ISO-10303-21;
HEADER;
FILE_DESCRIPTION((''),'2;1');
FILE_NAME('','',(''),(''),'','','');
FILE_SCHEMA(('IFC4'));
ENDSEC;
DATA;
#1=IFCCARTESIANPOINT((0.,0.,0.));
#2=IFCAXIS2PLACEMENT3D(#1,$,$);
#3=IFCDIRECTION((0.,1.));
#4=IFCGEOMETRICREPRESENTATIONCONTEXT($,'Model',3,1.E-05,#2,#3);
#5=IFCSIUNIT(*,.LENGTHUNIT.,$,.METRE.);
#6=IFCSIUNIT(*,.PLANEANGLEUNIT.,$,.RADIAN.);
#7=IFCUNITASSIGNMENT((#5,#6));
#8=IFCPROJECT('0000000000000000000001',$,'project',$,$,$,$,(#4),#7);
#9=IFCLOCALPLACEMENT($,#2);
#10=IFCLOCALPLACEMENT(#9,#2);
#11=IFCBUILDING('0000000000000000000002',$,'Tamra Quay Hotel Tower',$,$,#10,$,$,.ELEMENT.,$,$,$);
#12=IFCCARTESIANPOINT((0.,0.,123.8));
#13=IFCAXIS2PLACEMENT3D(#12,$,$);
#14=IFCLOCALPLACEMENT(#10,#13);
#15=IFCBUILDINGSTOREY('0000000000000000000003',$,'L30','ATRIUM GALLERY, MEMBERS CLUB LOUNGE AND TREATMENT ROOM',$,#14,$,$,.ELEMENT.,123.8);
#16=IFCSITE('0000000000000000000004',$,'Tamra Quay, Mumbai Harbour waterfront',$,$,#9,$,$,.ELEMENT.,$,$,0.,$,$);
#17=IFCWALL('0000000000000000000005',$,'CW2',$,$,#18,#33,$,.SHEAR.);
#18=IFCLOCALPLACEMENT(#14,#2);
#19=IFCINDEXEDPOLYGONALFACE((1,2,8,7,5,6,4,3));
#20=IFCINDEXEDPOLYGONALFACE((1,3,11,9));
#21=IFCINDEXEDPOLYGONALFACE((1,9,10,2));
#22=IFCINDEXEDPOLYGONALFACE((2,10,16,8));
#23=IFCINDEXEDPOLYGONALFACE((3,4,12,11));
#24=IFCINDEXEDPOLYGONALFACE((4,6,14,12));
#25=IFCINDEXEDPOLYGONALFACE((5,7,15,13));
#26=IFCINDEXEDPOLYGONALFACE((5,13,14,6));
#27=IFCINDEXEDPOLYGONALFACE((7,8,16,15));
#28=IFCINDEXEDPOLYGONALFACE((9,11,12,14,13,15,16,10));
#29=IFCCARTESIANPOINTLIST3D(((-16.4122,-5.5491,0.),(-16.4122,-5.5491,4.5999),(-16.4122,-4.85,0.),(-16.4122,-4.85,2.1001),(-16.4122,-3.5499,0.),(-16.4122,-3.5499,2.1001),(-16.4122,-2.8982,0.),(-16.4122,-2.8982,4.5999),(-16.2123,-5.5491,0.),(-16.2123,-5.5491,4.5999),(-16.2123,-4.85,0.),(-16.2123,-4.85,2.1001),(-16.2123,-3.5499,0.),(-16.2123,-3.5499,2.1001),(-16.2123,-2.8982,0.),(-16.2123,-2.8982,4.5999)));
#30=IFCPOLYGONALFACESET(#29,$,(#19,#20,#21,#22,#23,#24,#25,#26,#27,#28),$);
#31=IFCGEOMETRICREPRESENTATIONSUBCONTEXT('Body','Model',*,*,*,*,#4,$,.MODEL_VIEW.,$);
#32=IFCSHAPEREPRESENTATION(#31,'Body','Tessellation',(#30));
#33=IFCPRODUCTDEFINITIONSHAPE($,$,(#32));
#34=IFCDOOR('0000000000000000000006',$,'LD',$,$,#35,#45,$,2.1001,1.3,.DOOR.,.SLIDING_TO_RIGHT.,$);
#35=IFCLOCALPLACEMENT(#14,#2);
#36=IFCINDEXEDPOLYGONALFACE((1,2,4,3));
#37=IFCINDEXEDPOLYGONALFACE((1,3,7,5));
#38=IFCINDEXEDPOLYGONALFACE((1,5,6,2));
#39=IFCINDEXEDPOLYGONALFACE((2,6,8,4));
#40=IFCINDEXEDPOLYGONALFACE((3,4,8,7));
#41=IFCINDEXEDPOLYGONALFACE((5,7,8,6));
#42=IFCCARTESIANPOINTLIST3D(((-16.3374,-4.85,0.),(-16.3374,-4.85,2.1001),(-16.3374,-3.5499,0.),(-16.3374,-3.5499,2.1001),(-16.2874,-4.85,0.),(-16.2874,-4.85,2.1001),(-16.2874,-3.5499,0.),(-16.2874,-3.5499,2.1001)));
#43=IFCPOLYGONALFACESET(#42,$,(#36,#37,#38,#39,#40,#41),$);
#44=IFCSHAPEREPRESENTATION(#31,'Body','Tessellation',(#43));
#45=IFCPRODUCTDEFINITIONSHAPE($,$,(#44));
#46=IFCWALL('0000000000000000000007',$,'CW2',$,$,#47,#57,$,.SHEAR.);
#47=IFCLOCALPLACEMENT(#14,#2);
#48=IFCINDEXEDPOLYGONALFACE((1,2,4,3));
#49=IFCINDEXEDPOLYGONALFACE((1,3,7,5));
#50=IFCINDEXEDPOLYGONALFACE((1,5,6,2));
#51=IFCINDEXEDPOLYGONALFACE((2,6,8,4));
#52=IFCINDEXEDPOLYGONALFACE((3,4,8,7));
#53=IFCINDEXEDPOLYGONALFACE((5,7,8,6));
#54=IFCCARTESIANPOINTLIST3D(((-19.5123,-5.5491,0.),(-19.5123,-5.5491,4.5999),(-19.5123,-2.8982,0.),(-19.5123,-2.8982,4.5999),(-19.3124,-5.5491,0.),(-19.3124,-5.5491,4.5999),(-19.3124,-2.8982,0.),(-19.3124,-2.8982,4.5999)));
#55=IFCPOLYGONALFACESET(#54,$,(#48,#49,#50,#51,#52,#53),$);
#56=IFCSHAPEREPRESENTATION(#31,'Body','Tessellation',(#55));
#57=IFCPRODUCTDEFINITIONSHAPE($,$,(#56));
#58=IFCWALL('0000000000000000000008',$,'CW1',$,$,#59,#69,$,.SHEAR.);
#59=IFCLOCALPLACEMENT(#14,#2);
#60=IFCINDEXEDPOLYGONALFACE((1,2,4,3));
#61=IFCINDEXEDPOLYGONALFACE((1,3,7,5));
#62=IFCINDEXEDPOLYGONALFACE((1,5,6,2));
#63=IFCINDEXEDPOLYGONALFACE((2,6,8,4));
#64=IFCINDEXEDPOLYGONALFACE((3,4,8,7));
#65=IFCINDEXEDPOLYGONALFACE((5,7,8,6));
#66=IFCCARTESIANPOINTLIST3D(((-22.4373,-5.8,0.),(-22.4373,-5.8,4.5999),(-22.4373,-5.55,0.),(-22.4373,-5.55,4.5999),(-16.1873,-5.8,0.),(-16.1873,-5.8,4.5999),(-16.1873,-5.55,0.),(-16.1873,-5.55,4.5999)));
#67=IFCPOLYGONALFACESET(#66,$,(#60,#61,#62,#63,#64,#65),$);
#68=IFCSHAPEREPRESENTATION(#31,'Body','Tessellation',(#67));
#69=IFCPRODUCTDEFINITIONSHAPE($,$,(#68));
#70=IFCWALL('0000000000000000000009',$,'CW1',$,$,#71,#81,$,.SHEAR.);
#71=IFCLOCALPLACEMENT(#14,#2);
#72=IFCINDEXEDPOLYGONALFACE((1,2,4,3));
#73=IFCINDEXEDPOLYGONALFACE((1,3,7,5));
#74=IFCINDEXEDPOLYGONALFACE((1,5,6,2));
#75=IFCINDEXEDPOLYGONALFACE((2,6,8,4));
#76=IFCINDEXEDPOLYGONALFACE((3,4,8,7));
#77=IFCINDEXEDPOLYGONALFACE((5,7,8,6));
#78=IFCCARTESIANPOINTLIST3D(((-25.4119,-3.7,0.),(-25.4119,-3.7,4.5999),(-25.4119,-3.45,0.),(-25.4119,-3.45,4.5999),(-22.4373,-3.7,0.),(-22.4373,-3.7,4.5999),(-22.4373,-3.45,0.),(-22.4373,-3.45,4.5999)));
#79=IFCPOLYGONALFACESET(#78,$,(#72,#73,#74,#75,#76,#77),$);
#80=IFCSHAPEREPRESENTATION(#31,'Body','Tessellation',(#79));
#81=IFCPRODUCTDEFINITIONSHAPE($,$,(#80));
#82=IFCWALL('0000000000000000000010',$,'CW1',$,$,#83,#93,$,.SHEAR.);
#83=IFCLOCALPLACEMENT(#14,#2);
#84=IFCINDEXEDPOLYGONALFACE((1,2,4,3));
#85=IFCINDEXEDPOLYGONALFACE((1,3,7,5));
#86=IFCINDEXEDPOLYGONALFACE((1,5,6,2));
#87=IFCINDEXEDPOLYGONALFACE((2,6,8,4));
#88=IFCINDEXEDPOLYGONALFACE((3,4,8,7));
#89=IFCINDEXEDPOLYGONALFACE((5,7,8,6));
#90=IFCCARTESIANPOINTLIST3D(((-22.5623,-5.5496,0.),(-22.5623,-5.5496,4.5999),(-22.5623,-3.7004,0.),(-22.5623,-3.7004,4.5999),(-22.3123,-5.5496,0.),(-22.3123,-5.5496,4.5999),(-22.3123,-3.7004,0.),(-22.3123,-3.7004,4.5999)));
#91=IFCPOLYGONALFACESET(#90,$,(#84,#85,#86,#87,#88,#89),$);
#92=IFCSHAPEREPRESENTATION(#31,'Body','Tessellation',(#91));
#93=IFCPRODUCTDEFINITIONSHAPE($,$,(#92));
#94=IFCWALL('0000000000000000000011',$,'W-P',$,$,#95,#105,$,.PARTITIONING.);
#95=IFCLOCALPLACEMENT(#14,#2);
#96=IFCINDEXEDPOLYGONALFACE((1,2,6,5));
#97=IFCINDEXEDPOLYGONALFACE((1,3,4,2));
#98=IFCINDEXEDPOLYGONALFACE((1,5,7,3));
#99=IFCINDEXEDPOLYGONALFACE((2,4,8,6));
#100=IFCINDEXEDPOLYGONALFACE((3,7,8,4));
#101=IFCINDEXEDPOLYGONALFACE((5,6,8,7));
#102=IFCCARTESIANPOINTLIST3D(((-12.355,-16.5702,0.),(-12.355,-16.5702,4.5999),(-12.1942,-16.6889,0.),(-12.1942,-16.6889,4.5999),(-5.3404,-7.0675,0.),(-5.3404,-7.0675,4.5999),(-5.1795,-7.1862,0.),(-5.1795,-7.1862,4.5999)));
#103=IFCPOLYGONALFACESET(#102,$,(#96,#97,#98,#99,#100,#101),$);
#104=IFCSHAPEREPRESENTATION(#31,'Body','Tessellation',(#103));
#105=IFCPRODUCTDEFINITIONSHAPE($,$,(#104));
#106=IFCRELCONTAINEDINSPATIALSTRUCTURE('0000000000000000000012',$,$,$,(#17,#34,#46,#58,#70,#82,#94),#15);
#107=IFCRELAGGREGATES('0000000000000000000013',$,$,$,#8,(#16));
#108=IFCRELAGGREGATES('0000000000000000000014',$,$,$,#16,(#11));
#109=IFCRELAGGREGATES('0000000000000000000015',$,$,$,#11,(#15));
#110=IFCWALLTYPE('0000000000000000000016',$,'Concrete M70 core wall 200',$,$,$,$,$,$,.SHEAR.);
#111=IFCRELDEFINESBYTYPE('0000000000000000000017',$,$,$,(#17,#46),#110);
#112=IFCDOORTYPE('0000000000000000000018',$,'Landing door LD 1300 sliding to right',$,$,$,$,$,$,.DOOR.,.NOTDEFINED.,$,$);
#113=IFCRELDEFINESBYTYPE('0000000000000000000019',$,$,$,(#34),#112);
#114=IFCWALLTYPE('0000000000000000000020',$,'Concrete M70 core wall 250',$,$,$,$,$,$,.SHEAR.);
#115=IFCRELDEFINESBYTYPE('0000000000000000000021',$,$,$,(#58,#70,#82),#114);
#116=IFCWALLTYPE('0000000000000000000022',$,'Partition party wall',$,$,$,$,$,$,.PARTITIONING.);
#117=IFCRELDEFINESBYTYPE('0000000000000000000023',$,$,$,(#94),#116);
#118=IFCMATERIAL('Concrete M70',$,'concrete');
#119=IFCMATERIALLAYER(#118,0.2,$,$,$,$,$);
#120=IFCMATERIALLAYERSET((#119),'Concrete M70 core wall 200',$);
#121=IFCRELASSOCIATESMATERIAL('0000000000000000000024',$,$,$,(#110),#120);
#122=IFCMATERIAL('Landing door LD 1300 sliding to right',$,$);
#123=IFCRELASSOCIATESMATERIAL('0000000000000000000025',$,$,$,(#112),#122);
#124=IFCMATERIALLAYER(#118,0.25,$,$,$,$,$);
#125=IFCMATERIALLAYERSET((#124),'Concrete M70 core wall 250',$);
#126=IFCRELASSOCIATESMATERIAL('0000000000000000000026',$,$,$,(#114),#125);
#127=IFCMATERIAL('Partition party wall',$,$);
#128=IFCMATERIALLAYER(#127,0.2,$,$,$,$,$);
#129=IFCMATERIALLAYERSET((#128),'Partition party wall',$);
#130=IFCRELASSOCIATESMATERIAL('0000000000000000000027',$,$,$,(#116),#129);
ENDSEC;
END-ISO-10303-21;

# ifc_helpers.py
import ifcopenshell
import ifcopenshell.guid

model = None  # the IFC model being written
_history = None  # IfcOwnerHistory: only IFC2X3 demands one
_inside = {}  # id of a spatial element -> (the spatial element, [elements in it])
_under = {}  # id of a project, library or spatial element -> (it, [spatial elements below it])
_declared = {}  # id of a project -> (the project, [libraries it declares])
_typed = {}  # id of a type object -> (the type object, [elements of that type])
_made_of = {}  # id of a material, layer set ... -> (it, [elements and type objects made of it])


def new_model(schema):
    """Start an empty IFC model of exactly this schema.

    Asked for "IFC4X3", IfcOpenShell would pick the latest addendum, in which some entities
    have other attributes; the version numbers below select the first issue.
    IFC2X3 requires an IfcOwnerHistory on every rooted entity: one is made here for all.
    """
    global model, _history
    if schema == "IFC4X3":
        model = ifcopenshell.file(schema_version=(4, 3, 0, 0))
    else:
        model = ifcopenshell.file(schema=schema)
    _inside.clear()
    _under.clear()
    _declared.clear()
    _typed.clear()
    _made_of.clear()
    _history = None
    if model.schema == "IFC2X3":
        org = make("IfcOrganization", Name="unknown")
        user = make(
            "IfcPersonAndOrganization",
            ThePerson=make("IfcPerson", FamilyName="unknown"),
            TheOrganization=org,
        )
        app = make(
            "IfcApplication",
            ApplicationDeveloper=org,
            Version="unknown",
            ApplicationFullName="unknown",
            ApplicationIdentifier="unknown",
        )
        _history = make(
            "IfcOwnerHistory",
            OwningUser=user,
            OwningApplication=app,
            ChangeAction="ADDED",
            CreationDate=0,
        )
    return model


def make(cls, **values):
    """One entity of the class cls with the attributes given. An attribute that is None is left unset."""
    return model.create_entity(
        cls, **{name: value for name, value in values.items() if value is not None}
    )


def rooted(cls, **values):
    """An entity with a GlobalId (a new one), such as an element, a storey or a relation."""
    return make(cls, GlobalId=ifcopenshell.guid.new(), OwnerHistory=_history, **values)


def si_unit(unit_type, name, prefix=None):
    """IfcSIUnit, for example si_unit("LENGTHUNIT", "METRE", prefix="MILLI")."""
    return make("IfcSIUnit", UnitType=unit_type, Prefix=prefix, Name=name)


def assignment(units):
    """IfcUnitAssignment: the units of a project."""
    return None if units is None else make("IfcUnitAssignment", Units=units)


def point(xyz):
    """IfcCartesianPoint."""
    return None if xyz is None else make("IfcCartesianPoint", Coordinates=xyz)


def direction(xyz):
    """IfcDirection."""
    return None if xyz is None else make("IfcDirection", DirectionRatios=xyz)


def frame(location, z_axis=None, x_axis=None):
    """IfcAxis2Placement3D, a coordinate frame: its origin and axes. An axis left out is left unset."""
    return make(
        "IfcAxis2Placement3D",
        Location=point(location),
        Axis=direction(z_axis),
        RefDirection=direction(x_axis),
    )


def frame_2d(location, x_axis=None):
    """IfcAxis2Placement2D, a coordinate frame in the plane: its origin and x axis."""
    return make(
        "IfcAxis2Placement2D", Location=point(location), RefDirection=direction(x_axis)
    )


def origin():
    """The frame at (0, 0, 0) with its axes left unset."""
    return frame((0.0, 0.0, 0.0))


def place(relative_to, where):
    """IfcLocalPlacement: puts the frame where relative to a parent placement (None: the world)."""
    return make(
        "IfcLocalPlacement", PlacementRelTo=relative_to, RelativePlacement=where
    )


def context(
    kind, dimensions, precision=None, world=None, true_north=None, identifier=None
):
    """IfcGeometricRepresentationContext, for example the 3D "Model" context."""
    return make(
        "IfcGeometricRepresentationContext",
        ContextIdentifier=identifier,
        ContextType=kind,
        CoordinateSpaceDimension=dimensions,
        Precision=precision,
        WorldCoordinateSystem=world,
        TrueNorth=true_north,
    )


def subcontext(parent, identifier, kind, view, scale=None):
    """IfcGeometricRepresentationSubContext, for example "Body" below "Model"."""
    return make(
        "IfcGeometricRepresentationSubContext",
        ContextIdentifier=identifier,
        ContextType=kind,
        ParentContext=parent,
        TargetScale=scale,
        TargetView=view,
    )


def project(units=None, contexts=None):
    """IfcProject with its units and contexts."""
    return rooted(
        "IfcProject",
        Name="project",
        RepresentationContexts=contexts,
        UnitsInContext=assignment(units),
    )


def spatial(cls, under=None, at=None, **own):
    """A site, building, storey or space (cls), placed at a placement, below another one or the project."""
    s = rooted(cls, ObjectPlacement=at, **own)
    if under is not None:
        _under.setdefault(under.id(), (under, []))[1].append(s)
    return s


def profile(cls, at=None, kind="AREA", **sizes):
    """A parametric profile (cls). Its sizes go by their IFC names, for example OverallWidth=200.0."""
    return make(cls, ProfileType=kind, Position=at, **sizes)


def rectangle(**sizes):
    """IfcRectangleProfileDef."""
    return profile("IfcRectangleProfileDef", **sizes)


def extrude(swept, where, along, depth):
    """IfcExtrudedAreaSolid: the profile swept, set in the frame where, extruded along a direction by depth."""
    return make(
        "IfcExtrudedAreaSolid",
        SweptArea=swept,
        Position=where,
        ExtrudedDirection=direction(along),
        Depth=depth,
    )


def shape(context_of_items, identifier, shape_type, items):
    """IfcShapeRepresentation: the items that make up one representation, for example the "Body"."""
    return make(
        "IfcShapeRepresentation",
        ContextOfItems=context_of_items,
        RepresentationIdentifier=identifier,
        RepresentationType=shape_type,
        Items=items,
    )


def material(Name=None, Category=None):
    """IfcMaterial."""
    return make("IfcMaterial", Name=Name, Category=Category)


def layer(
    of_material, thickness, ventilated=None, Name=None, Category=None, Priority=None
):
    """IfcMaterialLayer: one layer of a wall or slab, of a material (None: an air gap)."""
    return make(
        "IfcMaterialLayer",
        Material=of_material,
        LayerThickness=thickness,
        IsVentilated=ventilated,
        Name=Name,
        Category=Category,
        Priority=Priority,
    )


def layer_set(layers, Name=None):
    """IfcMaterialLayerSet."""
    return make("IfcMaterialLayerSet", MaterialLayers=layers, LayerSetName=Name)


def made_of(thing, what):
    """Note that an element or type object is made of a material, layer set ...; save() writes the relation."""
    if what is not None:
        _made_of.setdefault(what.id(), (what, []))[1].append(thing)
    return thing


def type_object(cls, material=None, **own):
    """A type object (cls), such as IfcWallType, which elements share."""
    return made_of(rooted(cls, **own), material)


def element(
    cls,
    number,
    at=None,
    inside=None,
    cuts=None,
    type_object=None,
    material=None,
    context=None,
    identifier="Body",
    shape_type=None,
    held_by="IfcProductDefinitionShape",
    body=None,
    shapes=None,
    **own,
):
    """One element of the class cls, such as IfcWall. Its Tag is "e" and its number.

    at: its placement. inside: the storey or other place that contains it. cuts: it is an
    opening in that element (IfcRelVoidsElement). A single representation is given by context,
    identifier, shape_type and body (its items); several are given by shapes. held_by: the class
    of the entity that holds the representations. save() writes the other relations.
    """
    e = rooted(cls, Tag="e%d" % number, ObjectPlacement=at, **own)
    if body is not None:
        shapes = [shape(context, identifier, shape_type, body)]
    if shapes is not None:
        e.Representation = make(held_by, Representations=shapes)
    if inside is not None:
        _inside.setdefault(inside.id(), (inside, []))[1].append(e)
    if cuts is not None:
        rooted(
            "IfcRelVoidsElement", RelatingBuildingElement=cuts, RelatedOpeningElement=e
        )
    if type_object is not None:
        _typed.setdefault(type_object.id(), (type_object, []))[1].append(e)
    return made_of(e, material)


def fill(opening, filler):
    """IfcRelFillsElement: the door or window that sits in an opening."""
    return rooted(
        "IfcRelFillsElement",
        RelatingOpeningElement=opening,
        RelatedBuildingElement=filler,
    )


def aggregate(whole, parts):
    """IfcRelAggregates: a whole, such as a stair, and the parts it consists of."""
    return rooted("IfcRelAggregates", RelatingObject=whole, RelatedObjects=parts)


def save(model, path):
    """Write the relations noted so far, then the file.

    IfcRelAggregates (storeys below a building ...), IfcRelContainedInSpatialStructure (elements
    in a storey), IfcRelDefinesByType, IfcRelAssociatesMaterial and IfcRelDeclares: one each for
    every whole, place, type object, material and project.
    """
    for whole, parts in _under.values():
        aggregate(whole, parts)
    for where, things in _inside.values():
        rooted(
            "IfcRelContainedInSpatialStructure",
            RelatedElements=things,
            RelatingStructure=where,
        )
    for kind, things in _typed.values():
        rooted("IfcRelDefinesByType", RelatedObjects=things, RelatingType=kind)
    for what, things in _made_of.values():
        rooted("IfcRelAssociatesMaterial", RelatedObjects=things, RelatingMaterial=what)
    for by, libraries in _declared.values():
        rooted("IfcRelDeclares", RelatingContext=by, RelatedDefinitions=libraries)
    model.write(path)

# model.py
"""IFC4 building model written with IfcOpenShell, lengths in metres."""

from ifc_helpers import new_model, si_unit, direction, frame, frame_2d, origin, place, context, subcontext, project, spatial, rectangle, extrude, material, layer, layer_set, type_object, element, fill, save


model = new_model("IFC4")

# Units and contexts
model_context = context("Model", 3, precision=1e-05, world=origin(), true_north=direction((0.0, 1.0)))
body_context = subcontext(model_context, "Body", "Model", "MODEL_VIEW")
ifc_project = project(units=[si_unit("LENGTHUNIT", "METRE"), si_unit("PLANEANGLEUNIT", "RADIAN")], contexts=[model_context])

# Site, building, storey
site_placement = place(None, origin())
site = spatial("IfcSite", under=ifc_project, at=site_placement, Name="Tamra Quay, Mumbai Harbour waterfront", CompositionType="ELEMENT", RefElevation=0.0)
building_placement = place(site_placement, origin())
building = spatial("IfcBuilding", under=site, at=building_placement, Name="Tamra Quay Hotel Tower", CompositionType="ELEMENT")
storey_placement = place(building_placement, frame((0.0, 0.0, 123.8)))
storey = spatial("IfcBuildingStorey", under=building, at=storey_placement, Name="L30", Description="ATRIUM GALLERY, MEMBERS CLUB LOUNGE AND TREATMENT ROOM", CompositionType="ELEMENT", Elevation=123.8)

# Shared definitions
ifc_material_1 = material(Name="Concrete M70", Category="concrete")

# Shared definitions
ifc_layer_1 = layer(ifc_material_1, 0.2)
ifc_layer_set_1 = layer_set([ifc_layer_1], Name="Concrete M70 core wall 200")
wall_type_1 = type_object("IfcWallType", Name="Concrete M70 core wall 200", PredefinedType="SHEAR", material=ifc_layer_set_1)

# Wall, opening, door
wall_1_placement = place(storey_placement, frame((-16.3123, -2.8982, 0.0), z_axis=(0.0, 0.0, 1.0), x_axis=(0.0, -1.0, 0.0)))
wall_1 = element("IfcWall", 1, at=wall_1_placement, inside=storey, type_object=wall_type_1, Name="CW2", PredefinedType="SHEAR", context=body_context, shape_type="SweptSolid", body=[
    extrude(rectangle(XDim=2.6509, YDim=0.2, at=frame_2d((1.3254, 0.0))), origin(), (0.0, 0.0, 1.0), 4.5999),
])
opening_placement = place(wall_1_placement, frame((0.6519, 0.0, 0.0)))
opening = element("IfcOpeningElement", 2, at=opening_placement, cuts=wall_1, PredefinedType="OPENING", context=body_context, shape_type="SweptSolid", body=[
    extrude(rectangle(XDim=1.3, YDim=2.1001, at=frame_2d((0.6499, 1.05))), frame((0.0, 0.1099, 0.0), z_axis=(0.0, -1.0, 0.0), x_axis=(1.0, 0.0, 0.0)), (0.0, 0.0, 1.0), 0.22),
])
ifc_material_2 = material(Name="Landing door LD 1300 sliding to right")
door_type = type_object("IfcDoorType", Name="Landing door LD 1300 sliding to right", OperationType="NOTDEFINED", PredefinedType="DOOR", material=ifc_material_2)
door_placement = place(opening_placement, origin())
door = element("IfcDoor", 3, at=door_placement, inside=storey, type_object=door_type, Name="LD", OperationType="SLIDING_TO_RIGHT", OverallHeight=2.1001, OverallWidth=1.3, PredefinedType="DOOR", context=body_context, shape_type="SweptSolid", body=[
    extrude(rectangle(XDim=1.3, YDim=2.1001, at=frame_2d((0.6499, 1.05))), frame((0.0, 0.0249, 0.0), z_axis=(0.0, -1.0, 0.0), x_axis=(1.0, 0.0, 0.0)), (0.0, 0.0, 1.0), 0.05),
])
fill(opening, door)

# Walls
wall_2_placement = place(storey_placement, frame((-19.4124, -5.5491, 0.0), z_axis=(0.0, 0.0, 1.0), x_axis=(0.0, 1.0, 0.0)))
element("IfcWall", 4, at=wall_2_placement, inside=storey, type_object=wall_type_1, Name="CW2", PredefinedType="SHEAR", context=body_context, shape_type="SweptSolid", body=[
    extrude(rectangle(XDim=2.6509, YDim=0.2, at=frame_2d((1.3254, 0.0))), origin(), (0.0, 0.0, 1.0), 4.5999),
])
ifc_layer_2 = layer(ifc_material_1, 0.25)
ifc_layer_set_2 = layer_set([ifc_layer_2], Name="Concrete M70 core wall 250")
wall_type_2 = type_object("IfcWallType", Name="Concrete M70 core wall 250", PredefinedType="SHEAR", material=ifc_layer_set_2)
wall_3_placement = place(storey_placement, frame((-16.1873, -5.675, 0.0), z_axis=(0.0, 0.0, 1.0), x_axis=(-1.0, 0.0, 0.0)))
element("IfcWall", 5, at=wall_3_placement, inside=storey, type_object=wall_type_2, Name="CW1", PredefinedType="SHEAR", context=body_context, shape_type="SweptSolid", body=[
    extrude(rectangle(XDim=6.25, YDim=0.25, at=frame_2d((3.125, 0.0))), origin(), (0.0, 0.0, 1.0), 4.5999),
])
wall_4_placement = place(storey_placement, frame((-22.4373, -3.575, 0.0), z_axis=(0.0, 0.0, 1.0), x_axis=(-1.0, 0.0, 0.0)))
element("IfcWall", 6, at=wall_4_placement, inside=storey, type_object=wall_type_2, Name="CW1", PredefinedType="SHEAR", context=body_context, shape_type="SweptSolid", body=[
    extrude(rectangle(XDim=2.9746, YDim=0.25, at=frame_2d((1.4873, 0.0))), origin(), (0.0, 0.0, 1.0), 4.5999),
])
wall_5_placement = place(storey_placement, frame((-22.4373, -5.5496, 0.0), z_axis=(0.0, 0.0, 1.0), x_axis=(0.0, 1.0, 0.0)))
element("IfcWall", 7, at=wall_5_placement, inside=storey, type_object=wall_type_2, Name="CW1", PredefinedType="SHEAR", context=body_context, shape_type="SweptSolid", body=[
    extrude(rectangle(XDim=1.8491, YDim=0.25, at=frame_2d((0.9246, 0.0))), origin(), (0.0, 0.0, 1.0), 4.5999),
])
ifc_material_3 = material(Name="Partition party wall")
ifc_layer_3 = layer(ifc_material_3, 0.2)
ifc_layer_set_3 = layer_set([ifc_layer_3], Name="Partition party wall")
wall_type_3 = type_object("IfcWallType", Name="Partition party wall", PredefinedType="PARTITIONING", material=ifc_layer_set_3)
wall_6_placement = place(storey_placement, frame((-12.2747, -16.6296, 0.0), z_axis=(0.0, 0.0, 1.0), x_axis=(0.593894, 0.804543, 0.0)))
element("IfcWall", 8, at=wall_6_placement, inside=storey, type_object=wall_type_3, Name="W-P", PredefinedType="PARTITIONING", context=body_context, shape_type="SweptSolid", body=[
    extrude(rectangle(XDim=11.8113, YDim=0.2, at=frame_2d((5.9058, 0.0))), origin(), (0.0, 0.0, 1.0), 4.5999),
])

save(model, "model.ifc")
